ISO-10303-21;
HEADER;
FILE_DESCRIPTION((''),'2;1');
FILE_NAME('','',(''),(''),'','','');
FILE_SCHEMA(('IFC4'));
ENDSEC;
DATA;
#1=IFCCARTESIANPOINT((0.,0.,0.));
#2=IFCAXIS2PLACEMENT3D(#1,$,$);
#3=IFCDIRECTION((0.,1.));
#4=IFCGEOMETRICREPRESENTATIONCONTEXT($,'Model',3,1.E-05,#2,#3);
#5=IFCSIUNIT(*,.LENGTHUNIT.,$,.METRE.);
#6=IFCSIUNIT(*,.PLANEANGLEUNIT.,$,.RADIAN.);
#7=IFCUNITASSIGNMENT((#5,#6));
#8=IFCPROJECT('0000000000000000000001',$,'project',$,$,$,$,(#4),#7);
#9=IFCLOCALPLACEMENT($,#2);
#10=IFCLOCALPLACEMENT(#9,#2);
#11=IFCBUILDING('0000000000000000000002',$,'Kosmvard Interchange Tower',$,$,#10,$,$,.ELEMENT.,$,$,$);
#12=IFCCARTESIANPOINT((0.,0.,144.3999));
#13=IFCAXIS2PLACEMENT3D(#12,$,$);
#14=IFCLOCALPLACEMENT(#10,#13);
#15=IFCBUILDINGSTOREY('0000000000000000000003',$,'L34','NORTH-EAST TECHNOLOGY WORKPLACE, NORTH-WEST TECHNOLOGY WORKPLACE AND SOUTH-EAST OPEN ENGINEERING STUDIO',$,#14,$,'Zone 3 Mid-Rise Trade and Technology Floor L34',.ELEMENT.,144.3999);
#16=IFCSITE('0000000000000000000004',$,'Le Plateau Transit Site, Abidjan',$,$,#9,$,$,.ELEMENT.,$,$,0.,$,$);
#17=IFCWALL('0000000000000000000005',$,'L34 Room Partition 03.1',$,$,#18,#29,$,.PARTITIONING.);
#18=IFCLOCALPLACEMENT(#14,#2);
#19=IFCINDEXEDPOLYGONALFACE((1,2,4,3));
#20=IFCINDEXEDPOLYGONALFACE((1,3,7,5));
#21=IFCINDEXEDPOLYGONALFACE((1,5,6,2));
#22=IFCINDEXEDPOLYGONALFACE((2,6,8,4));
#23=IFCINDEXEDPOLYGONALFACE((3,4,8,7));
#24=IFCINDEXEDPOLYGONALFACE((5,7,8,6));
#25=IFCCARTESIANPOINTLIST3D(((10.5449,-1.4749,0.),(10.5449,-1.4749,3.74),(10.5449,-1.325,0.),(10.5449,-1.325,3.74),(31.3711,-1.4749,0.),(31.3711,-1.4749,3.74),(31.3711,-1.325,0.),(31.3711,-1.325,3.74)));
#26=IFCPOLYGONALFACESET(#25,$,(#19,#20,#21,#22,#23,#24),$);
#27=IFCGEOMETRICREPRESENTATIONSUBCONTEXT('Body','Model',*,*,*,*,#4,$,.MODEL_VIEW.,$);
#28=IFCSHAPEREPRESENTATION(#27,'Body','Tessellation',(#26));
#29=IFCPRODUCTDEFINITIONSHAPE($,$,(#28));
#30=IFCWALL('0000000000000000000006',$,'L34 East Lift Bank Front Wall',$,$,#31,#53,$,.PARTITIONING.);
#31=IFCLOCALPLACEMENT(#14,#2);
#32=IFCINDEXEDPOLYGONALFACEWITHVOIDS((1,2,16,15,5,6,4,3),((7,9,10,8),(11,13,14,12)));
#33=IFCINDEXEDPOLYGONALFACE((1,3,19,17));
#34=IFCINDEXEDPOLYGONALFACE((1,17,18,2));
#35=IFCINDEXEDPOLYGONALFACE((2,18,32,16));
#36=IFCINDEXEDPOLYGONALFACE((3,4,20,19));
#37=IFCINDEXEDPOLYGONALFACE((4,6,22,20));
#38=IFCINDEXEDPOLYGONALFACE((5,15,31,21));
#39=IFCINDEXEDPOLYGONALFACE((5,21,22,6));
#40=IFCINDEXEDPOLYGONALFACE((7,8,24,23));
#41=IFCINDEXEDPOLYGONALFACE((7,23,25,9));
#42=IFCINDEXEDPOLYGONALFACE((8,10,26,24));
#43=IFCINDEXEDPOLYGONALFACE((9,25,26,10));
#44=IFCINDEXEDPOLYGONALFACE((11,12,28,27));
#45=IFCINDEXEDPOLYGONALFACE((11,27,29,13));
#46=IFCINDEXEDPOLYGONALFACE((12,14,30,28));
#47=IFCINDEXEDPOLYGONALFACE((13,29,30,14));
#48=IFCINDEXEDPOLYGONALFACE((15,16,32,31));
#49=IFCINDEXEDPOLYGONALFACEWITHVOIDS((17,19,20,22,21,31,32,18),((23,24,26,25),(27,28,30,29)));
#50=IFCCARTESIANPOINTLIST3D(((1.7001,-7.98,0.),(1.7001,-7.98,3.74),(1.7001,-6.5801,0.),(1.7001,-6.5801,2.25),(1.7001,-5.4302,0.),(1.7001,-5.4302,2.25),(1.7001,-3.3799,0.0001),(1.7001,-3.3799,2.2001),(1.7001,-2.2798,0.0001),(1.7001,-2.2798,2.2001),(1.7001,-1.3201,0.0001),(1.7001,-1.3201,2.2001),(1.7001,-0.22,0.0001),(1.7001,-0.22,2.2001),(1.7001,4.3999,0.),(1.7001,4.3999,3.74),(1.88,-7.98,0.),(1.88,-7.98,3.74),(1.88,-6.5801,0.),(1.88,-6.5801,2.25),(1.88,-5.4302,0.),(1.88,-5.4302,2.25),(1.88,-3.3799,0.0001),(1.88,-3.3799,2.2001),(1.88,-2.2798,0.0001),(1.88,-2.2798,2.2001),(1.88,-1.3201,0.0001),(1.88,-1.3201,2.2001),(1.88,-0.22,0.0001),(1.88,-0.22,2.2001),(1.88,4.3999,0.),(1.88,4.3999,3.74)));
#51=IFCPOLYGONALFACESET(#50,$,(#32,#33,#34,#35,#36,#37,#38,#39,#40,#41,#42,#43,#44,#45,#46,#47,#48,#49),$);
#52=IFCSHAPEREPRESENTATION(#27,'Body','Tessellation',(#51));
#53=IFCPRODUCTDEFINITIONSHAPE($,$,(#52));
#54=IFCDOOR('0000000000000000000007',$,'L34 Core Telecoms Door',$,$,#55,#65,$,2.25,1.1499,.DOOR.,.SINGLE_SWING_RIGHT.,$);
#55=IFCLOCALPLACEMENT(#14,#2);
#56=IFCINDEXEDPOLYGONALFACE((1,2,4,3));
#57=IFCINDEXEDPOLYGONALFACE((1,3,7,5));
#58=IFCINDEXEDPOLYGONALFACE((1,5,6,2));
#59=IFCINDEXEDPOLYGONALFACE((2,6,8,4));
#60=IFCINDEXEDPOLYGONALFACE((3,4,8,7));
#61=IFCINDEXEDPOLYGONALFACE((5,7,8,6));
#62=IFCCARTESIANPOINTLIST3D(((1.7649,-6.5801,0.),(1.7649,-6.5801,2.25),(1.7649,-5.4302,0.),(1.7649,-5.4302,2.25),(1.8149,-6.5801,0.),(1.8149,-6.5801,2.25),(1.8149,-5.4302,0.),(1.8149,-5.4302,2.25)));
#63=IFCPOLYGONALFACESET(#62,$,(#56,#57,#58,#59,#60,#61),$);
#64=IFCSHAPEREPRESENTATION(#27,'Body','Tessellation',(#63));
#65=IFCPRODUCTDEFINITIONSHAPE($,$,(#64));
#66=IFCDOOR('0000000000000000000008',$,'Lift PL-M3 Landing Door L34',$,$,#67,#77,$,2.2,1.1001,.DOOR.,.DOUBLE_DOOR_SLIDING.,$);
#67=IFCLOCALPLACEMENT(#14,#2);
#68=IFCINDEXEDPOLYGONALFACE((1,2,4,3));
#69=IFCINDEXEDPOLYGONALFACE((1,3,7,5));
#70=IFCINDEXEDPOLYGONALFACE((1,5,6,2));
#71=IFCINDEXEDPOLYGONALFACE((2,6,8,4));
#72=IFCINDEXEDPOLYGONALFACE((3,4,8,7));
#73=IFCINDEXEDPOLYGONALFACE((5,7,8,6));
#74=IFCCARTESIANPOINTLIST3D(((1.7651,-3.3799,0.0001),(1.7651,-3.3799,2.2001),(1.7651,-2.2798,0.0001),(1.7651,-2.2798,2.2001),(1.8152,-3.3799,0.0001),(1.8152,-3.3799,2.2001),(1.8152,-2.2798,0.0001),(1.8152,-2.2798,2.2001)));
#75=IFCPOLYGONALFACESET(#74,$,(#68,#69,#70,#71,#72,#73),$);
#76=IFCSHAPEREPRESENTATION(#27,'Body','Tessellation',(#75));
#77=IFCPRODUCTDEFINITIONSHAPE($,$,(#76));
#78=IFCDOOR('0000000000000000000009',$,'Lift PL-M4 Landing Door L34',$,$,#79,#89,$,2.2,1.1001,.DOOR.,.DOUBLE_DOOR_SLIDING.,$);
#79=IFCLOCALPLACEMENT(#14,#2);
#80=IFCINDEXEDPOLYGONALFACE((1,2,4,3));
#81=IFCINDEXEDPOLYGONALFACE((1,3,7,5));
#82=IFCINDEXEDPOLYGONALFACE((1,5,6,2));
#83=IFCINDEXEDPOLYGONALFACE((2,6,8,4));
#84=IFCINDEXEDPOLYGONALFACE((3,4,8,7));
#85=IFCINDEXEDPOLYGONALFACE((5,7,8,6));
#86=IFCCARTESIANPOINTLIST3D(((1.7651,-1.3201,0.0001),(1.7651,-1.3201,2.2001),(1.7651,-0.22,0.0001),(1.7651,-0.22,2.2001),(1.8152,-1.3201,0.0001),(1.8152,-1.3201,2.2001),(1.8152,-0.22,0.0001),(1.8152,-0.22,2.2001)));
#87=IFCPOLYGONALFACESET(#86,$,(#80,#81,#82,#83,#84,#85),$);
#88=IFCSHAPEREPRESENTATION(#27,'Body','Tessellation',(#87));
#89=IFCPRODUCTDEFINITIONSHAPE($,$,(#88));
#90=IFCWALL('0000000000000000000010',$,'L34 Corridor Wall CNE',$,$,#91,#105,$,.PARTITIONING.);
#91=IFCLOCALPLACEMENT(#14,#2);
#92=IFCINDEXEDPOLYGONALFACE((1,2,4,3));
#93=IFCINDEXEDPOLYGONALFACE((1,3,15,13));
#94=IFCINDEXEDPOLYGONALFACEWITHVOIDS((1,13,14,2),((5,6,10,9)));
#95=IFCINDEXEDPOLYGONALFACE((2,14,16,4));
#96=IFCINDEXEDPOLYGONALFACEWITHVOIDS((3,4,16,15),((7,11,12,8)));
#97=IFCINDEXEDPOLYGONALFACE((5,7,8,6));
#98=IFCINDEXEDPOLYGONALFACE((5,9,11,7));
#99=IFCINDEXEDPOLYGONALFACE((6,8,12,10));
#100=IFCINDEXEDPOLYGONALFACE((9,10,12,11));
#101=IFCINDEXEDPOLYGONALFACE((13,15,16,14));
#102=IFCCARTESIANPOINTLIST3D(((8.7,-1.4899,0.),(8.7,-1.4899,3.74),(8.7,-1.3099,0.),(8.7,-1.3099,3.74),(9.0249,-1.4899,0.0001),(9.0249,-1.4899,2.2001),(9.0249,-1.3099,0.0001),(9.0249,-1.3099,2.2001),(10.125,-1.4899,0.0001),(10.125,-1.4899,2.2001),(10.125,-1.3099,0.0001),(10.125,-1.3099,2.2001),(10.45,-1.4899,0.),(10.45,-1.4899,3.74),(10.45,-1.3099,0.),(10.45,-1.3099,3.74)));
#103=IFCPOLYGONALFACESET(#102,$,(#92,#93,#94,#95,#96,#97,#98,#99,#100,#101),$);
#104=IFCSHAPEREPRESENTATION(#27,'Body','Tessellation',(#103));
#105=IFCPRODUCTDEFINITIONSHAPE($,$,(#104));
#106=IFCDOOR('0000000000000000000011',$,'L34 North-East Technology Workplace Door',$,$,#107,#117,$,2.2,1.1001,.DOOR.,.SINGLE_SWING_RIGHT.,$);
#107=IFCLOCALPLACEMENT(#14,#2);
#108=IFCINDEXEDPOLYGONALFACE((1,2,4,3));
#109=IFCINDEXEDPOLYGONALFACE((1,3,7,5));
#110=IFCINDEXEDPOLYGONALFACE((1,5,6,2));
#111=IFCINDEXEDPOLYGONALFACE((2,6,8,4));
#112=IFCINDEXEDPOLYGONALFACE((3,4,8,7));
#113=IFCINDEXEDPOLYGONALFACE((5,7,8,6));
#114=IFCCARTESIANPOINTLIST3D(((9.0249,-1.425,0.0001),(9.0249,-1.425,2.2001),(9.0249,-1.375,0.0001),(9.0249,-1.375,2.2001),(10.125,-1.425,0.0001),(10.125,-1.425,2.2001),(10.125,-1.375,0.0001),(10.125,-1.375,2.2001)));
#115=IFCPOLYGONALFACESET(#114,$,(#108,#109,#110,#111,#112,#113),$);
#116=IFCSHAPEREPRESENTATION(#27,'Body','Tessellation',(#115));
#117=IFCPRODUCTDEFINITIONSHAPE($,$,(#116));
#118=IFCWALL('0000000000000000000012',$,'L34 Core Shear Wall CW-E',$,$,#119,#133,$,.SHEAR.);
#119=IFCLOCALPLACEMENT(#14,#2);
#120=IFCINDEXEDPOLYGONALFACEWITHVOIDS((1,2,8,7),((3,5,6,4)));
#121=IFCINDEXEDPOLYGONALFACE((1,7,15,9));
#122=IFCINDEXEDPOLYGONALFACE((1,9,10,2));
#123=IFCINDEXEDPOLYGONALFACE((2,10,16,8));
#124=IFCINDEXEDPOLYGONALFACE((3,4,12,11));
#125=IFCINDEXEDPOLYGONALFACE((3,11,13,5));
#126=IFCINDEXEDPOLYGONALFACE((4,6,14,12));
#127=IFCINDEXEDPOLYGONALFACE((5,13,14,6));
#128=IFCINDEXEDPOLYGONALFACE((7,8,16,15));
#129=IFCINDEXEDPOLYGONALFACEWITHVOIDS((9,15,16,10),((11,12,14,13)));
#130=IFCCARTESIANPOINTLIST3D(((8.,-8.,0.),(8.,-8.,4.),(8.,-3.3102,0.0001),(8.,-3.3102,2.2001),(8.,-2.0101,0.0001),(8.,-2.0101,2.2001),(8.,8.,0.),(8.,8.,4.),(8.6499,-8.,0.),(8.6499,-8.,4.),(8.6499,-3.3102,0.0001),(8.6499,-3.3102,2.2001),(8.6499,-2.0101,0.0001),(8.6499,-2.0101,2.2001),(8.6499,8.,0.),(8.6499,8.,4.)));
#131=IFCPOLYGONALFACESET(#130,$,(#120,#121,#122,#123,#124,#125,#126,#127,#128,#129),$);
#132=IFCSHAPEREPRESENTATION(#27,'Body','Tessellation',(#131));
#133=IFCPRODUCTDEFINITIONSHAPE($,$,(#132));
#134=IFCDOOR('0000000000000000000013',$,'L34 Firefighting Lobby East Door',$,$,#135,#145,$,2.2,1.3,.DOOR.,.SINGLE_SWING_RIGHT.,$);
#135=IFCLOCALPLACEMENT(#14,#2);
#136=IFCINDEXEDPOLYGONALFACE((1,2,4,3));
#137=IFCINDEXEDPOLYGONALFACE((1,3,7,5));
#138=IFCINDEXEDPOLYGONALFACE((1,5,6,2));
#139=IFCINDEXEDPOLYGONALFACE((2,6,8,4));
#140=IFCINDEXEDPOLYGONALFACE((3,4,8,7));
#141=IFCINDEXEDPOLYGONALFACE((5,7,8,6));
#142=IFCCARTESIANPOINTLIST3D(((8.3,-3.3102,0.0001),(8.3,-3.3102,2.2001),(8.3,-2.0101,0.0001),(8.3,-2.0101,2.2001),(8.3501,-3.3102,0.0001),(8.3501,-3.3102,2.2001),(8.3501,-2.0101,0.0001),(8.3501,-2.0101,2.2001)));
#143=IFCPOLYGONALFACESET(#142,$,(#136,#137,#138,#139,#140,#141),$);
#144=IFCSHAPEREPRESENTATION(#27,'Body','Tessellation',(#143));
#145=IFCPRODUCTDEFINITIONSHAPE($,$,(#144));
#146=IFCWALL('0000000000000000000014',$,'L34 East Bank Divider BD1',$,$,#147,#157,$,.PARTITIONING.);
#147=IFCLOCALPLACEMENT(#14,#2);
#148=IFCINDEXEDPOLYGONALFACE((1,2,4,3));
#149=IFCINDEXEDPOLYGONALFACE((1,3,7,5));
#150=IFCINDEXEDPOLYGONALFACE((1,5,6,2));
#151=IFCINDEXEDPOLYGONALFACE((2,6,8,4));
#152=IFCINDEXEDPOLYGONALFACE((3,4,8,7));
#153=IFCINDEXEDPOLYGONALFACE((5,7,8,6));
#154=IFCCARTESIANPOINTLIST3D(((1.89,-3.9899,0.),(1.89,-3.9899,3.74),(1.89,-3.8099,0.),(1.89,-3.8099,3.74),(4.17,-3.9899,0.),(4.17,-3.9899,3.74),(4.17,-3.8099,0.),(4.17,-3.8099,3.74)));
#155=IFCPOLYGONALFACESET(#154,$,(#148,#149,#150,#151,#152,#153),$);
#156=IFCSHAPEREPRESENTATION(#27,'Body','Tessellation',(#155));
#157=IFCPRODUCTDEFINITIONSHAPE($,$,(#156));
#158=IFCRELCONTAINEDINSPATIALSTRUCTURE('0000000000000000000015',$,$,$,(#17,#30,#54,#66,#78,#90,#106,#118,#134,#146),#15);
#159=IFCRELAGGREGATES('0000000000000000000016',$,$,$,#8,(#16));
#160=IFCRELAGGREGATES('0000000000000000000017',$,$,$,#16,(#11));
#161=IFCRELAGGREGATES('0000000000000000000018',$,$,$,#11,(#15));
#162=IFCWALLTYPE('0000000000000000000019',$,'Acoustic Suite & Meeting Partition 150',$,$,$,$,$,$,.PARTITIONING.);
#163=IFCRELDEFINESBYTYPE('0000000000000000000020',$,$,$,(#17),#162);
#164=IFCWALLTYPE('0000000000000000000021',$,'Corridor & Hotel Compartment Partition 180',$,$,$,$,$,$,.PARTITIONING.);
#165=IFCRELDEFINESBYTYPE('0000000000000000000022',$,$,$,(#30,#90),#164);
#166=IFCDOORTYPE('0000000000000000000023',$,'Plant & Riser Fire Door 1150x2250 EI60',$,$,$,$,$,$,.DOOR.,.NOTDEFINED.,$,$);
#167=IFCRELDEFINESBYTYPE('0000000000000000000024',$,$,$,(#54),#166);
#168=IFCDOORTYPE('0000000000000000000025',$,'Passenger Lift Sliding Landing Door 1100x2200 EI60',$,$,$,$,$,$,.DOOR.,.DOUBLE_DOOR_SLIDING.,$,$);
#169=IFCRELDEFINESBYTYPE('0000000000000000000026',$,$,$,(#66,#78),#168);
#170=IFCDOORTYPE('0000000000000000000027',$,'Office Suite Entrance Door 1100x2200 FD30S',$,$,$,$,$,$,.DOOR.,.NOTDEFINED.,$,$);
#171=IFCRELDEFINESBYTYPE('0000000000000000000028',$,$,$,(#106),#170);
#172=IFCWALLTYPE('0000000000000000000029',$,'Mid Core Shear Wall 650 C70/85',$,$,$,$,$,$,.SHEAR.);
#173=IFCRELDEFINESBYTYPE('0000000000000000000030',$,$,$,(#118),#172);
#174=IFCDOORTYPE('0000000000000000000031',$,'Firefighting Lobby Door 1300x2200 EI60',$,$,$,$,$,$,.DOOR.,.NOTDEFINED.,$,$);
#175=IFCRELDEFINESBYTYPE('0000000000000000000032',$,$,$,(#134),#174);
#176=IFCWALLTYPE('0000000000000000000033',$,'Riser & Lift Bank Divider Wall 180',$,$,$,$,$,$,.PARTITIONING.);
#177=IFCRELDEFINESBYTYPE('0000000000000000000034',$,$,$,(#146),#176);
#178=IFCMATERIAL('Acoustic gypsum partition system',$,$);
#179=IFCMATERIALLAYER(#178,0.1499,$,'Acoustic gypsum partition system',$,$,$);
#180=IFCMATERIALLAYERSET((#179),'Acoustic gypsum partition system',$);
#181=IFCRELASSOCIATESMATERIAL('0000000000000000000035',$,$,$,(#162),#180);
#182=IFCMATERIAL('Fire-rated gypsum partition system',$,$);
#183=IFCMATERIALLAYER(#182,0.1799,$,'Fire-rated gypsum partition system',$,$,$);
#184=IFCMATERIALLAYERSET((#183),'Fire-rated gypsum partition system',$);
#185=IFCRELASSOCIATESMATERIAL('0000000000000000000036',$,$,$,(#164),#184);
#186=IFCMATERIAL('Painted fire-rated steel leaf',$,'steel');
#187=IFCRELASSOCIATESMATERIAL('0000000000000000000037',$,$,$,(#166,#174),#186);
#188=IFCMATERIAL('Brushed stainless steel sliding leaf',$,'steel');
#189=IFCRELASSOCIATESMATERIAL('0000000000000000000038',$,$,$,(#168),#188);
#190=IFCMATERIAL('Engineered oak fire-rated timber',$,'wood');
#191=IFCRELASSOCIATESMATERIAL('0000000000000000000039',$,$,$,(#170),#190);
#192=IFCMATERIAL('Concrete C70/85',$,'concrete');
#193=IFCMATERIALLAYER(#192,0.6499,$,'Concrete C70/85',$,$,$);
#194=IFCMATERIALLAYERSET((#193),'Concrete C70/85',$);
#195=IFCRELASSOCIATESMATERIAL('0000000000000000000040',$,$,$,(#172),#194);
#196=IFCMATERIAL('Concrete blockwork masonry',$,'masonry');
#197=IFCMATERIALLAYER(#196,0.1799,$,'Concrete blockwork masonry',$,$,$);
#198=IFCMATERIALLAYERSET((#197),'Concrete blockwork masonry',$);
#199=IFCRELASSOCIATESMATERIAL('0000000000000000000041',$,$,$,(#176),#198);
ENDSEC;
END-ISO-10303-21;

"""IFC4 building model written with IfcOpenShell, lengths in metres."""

from ifc_helpers import new_model, si_unit, direction, frame, frame_2d, origin, place, context, subcontext, project, spatial, rectangle, extrude, source, transform, mapped, material, layer, layer_set, type_object, element, fill, save


model = new_model("IFC4")

# Units and contexts
model_context = context("Model", 3, precision=1e-05, world=origin(), true_north=direction((0.0, 1.0)))
body_context = subcontext(model_context, "Body", "Model", "MODEL_VIEW")
ifc_project = project(units=[si_unit("LENGTHUNIT", "METRE"), si_unit("PLANEANGLEUNIT", "RADIAN")], contexts=[model_context])

# Site, building, storey
site_placement = place(None, origin())
site = spatial("IfcSite", under=ifc_project, at=site_placement, Name="Le Plateau Transit Site, Abidjan", CompositionType="ELEMENT", RefElevation=0.0)
building_placement = place(site_placement, origin())
building = spatial("IfcBuilding", under=site, at=building_placement, Name="Kosmvard Interchange Tower", CompositionType="ELEMENT")
storey_placement = place(building_placement, frame((0.0, 0.0, 144.3999)))
storey = spatial("IfcBuildingStorey", under=building, at=storey_placement, Name="L34", Description="NORTH-EAST TECHNOLOGY WORKPLACE, NORTH-WEST TECHNOLOGY WORKPLACE AND SOUTH-EAST OPEN ENGINEERING STUDIO", LongName="Zone 3 Mid-Rise Trade and Technology Floor L34", CompositionType="ELEMENT", Elevation=144.3999)

# Wall
ifc_material_1 = material(Name="Acoustic gypsum partition system")
ifc_layer_1 = layer(ifc_material_1, 0.1499, Name="Acoustic gypsum partition system")
ifc_layer_set_1 = layer_set([ifc_layer_1], Name="Acoustic gypsum partition system")
wall_type_1 = type_object("IfcWallType", Name="Acoustic Suite & Meeting Partition 150", PredefinedType="PARTITIONING", material=ifc_layer_set_1)
wall_1_placement = place(storey_placement, frame((10.5449, -1.3999, 0.0), z_axis=(0.0, 0.0, 1.0), x_axis=(1.0, 0.0, 0.0)))
element("IfcWall", 1, at=wall_1_placement, inside=storey, type_object=wall_type_1, Name="L34 Room Partition 03.1", PredefinedType="PARTITIONING", context=body_context, shape_type="SweptSolid", body=[
    extrude(rectangle(XDim=20.8262, YDim=0.1499, at=frame_2d((10.4131, 0.0))), origin(), (0.0, 0.0, 1.0), 3.74),
])

# Wall, openings, doors
ifc_material_2 = material(Name="Fire-rated gypsum partition system")
ifc_layer_2 = layer(ifc_material_2, 0.1799, Name="Fire-rated gypsum partition system")
ifc_layer_set_2 = layer_set([ifc_layer_2], Name="Fire-rated gypsum partition system")
wall_type_2 = type_object("IfcWallType", Name="Corridor & Hotel Compartment Partition 180", PredefinedType="PARTITIONING", material=ifc_layer_set_2)
wall_2_placement = place(storey_placement, frame((1.79, -7.98, 0.0), z_axis=(0.0, 0.0, 1.0), x_axis=(0.0, 1.0, 0.0)))
wall_2 = element("IfcWall", 2, at=wall_2_placement, inside=storey, type_object=wall_type_2, Name="L34 East Lift Bank Front Wall", PredefinedType="PARTITIONING", context=body_context, shape_type="SweptSolid", body=[
    extrude(rectangle(XDim=12.3799, YDim=0.1799, at=frame_2d((6.1899, 0.0))), origin(), (0.0, 0.0, 1.0), 3.74),
])
opening_1_placement = place(wall_2_placement, frame((4.6001, 0.0, 0.0)))
opening_1 = element("IfcOpeningElement", 3, at=opening_1_placement, cuts=wall_2, PredefinedType="OPENING", context=body_context, shape_type="SweptSolid", body=[
    extrude(rectangle(XDim=1.1001, YDim=2.2, at=frame_2d((0.55, 1.1001))), frame((0.0, 0.1001, 0.0), z_axis=(0.0, -1.0, 0.0), x_axis=(1.0, 0.0, 0.0)), (0.0, 0.0, 1.0), 0.2),
])
opening_2_placement = place(wall_2_placement, frame((6.6599, 0.0, 0.0)))
opening_2 = element("IfcOpeningElement", 4, at=opening_2_placement, cuts=wall_2, PredefinedType="OPENING", context=body_context, shape_type="SweptSolid", body=[
    extrude(rectangle(XDim=1.1001, YDim=2.2, at=frame_2d((0.55, 1.1001))), frame((0.0, 0.1001, 0.0), z_axis=(0.0, -1.0, 0.0), x_axis=(1.0, 0.0, 0.0)), (0.0, 0.0, 1.0), 0.2),
])
opening_3_placement = place(wall_2_placement, frame((1.3999, 0.0, 0.0)))
opening_3 = element("IfcOpeningElement", 5, at=opening_3_placement, cuts=wall_2, PredefinedType="OPENING", context=body_context, shape_type="SweptSolid", body=[
    extrude(rectangle(XDim=1.1499, YDim=2.25, at=frame_2d((0.575, 1.125))), frame((0.0, 0.1001, 0.0), z_axis=(0.0, -1.0, 0.0), x_axis=(1.0, 0.0, 0.0)), (0.0, 0.0, 1.0), 0.2),
])
ifc_material_3 = material(Name="Painted fire-rated steel leaf", Category="steel")
door_type_1 = type_object("IfcDoorType", Name="Plant & Riser Fire Door 1150x2250 EI60", OperationType="NOTDEFINED", PredefinedType="DOOR", material=ifc_material_3)
shared_shape_1 = source(origin(), body_context, "Body", "SweptSolid", [
    extrude(rectangle(XDim=1.1499, YDim=2.25, at=frame_2d((0.575, 1.125))), frame((0.0, 0.0249, 0.0), z_axis=(0.0, -1.0, 0.0), x_axis=(1.0, 0.0, 0.0)), (0.0, 0.0, 1.0), 0.05),
])
door_1_placement = place(opening_3_placement, frame((1.1499, 0.0, 0.0), z_axis=(0.0, 0.0, 1.0), x_axis=(-1.0, 0.0, 0.0)))
door_1 = element("IfcDoor", 6, at=door_1_placement, inside=storey, type_object=door_type_1, Name="L34 Core Telecoms Door", OperationType="SINGLE_SWING_RIGHT", OverallHeight=2.25, OverallWidth=1.1499, PredefinedType="DOOR", context=body_context, shape_type="MappedRepresentation", body=[
    mapped(shared_shape_1, transform((0.0, 0.0, 0.0), scale=1.0)),
])
fill(opening_3, door_1)
ifc_material_4 = material(Name="Brushed stainless steel sliding leaf", Category="steel")
door_type_2 = type_object("IfcDoorType", Name="Passenger Lift Sliding Landing Door 1100x2200 EI60", OperationType="DOUBLE_DOOR_SLIDING", PredefinedType="DOOR", material=ifc_material_4)
shared_shape_2 = source(origin(), body_context, "Body", "SweptSolid", [
    extrude(rectangle(XDim=1.1001, YDim=2.2, at=frame_2d((0.55, 1.1001))), frame((0.0, 0.0249, 0.0), z_axis=(0.0, -1.0, 0.0), x_axis=(1.0, 0.0, 0.0)), (0.0, 0.0, 1.0), 0.05),
])
door_2_placement = place(opening_1_placement, origin())
door_2 = element("IfcDoor", 7, at=door_2_placement, inside=storey, type_object=door_type_2, Name="Lift PL-M3 Landing Door L34", OperationType="DOUBLE_DOOR_SLIDING", OverallHeight=2.2, OverallWidth=1.1001, PredefinedType="DOOR", context=body_context, shape_type="MappedRepresentation", body=[
    mapped(shared_shape_2, transform((0.0, 0.0, 0.0), scale=1.0)),
])
fill(opening_1, door_2)
door_3_placement = place(opening_2_placement, origin())
door_3 = element("IfcDoor", 8, at=door_3_placement, inside=storey, type_object=door_type_2, Name="Lift PL-M4 Landing Door L34", OperationType="DOUBLE_DOOR_SLIDING", OverallHeight=2.2, OverallWidth=1.1001, PredefinedType="DOOR", context=body_context, shape_type="MappedRepresentation", body=[
    mapped(shared_shape_2, transform((0.0, 0.0, 0.0), scale=1.0)),
])
fill(opening_2, door_3)

# Walls, openings, doors
wall_3_placement = place(storey_placement, frame((8.7, -1.3999, 0.0), z_axis=(0.0, 0.0, 1.0), x_axis=(1.0, 0.0, 0.0)))
wall_3 = element("IfcWall", 9, at=wall_3_placement, inside=storey, type_object=wall_type_2, Name="L34 Corridor Wall CNE", PredefinedType="PARTITIONING", context=body_context, shape_type="SweptSolid", body=[
    extrude(rectangle(XDim=1.75, YDim=0.1799, at=frame_2d((0.875, 0.0))), origin(), (0.0, 0.0, 1.0), 3.74),
])
opening_4_placement = place(wall_3_placement, frame((0.325, 0.0, 0.0)))
opening_4 = element("IfcOpeningElement", 10, at=opening_4_placement, cuts=wall_3, PredefinedType="OPENING", context=body_context, shape_type="SweptSolid", body=[
    extrude(rectangle(XDim=1.1001, YDim=2.2, at=frame_2d((0.55, 1.1001))), frame((0.0, 0.1001, 0.0), z_axis=(0.0, -1.0, 0.0), x_axis=(1.0, 0.0, 0.0)), (0.0, 0.0, 1.0), 0.2),
])
ifc_material_5 = material(Name="Engineered oak fire-rated timber", Category="wood")
door_type_3 = type_object("IfcDoorType", Name="Office Suite Entrance Door 1100x2200 FD30S", OperationType="NOTDEFINED", PredefinedType="DOOR", material=ifc_material_5)
door_4_placement = place(opening_4_placement, origin())
door_4 = element("IfcDoor", 11, at=door_4_placement, inside=storey, type_object=door_type_3, Name="L34 North-East Technology Workplace Door", OperationType="SINGLE_SWING_RIGHT", OverallHeight=2.2, OverallWidth=1.1001, PredefinedType="DOOR", context=body_context, shape_type="MappedRepresentation", body=[
    mapped(shared_shape_2, transform((0.0, 0.0, 0.0), scale=1.0)),
])
fill(opening_4, door_4)
ifc_material_6 = material(Name="Concrete C70/85", Category="concrete")
ifc_layer_3 = layer(ifc_material_6, 0.6499, Name="Concrete C70/85")
ifc_layer_set_3 = layer_set([ifc_layer_3], Name="Concrete C70/85")
wall_type_3 = type_object("IfcWallType", Name="Mid Core Shear Wall 650 C70/85", PredefinedType="SHEAR", material=ifc_layer_set_3)
wall_4_placement = place(storey_placement, frame((8.325, -8.0, 0.0), z_axis=(0.0, 0.0, 1.0), x_axis=(0.0, 1.0, 0.0)))
wall_4 = element("IfcWall", 12, at=wall_4_placement, inside=storey, type_object=wall_type_3, Name="L34 Core Shear Wall CW-E", PredefinedType="SHEAR", context=body_context, shape_type="SweptSolid", body=[
    extrude(rectangle(XDim=16.0, YDim=0.6499, at=frame_2d((8.0, 0.0))), origin(), (0.0, 0.0, 1.0), 4.0),
])
opening_5_placement = place(wall_4_placement, frame((4.6899, 0.0, 0.0)))
opening_5 = element("IfcOpeningElement", 13, at=opening_5_placement, cuts=wall_4, PredefinedType="OPENING", context=body_context, shape_type="SweptSolid", body=[
    extrude(rectangle(XDim=1.3, YDim=2.2, at=frame_2d((0.6499, 1.1001))), frame((0.0, 0.335, 0.0), z_axis=(0.0, -1.0, 0.0), x_axis=(1.0, 0.0, 0.0)), (0.0, 0.0, 1.0), 0.6699),
])
door_type_4 = type_object("IfcDoorType", Name="Firefighting Lobby Door 1300x2200 EI60", OperationType="NOTDEFINED", PredefinedType="DOOR", material=ifc_material_3)
shared_shape_3 = source(origin(), body_context, "Body", "SweptSolid", [
    extrude(rectangle(XDim=1.3, YDim=2.2, at=frame_2d((0.6499, 1.1001))), frame((0.0, 0.0249, 0.0), z_axis=(0.0, -1.0, 0.0), x_axis=(1.0, 0.0, 0.0)), (0.0, 0.0, 1.0), 0.05),
])
door_5_placement = place(opening_5_placement, origin())
door_5 = element("IfcDoor", 14, at=door_5_placement, inside=storey, type_object=door_type_4, Name="L34 Firefighting Lobby East Door", OperationType="SINGLE_SWING_RIGHT", OverallHeight=2.2, OverallWidth=1.3, PredefinedType="DOOR", context=body_context, shape_type="MappedRepresentation", body=[
    mapped(shared_shape_3, transform((0.0, 0.0, 0.0), scale=1.0)),
])
fill(opening_5, door_5)

# Wall
ifc_material_7 = material(Name="Concrete blockwork masonry", Category="masonry")
ifc_layer_4 = layer(ifc_material_7, 0.1799, Name="Concrete blockwork masonry")
ifc_layer_set_4 = layer_set([ifc_layer_4], Name="Concrete blockwork masonry")
wall_type_4 = type_object("IfcWallType", Name="Riser & Lift Bank Divider Wall 180", PredefinedType="PARTITIONING", material=ifc_layer_set_4)
wall_5_placement = place(storey_placement, frame((1.8899, -3.8999, 0.0), z_axis=(0.0, 0.0, 1.0), x_axis=(1.0, 0.0, 0.0)))
element("IfcWall", 15, at=wall_5_placement, inside=storey, type_object=wall_type_4, Name="L34 East Bank Divider BD1", PredefinedType="PARTITIONING", context=body_context, shape_type="SweptSolid", body=[
    extrude(rectangle(XDim=2.28, YDim=0.1799, at=frame_2d((1.1401, 0.0))), origin(), (0.0, 0.0, 1.0), 3.74),
])

save(model, "model.ifc")
